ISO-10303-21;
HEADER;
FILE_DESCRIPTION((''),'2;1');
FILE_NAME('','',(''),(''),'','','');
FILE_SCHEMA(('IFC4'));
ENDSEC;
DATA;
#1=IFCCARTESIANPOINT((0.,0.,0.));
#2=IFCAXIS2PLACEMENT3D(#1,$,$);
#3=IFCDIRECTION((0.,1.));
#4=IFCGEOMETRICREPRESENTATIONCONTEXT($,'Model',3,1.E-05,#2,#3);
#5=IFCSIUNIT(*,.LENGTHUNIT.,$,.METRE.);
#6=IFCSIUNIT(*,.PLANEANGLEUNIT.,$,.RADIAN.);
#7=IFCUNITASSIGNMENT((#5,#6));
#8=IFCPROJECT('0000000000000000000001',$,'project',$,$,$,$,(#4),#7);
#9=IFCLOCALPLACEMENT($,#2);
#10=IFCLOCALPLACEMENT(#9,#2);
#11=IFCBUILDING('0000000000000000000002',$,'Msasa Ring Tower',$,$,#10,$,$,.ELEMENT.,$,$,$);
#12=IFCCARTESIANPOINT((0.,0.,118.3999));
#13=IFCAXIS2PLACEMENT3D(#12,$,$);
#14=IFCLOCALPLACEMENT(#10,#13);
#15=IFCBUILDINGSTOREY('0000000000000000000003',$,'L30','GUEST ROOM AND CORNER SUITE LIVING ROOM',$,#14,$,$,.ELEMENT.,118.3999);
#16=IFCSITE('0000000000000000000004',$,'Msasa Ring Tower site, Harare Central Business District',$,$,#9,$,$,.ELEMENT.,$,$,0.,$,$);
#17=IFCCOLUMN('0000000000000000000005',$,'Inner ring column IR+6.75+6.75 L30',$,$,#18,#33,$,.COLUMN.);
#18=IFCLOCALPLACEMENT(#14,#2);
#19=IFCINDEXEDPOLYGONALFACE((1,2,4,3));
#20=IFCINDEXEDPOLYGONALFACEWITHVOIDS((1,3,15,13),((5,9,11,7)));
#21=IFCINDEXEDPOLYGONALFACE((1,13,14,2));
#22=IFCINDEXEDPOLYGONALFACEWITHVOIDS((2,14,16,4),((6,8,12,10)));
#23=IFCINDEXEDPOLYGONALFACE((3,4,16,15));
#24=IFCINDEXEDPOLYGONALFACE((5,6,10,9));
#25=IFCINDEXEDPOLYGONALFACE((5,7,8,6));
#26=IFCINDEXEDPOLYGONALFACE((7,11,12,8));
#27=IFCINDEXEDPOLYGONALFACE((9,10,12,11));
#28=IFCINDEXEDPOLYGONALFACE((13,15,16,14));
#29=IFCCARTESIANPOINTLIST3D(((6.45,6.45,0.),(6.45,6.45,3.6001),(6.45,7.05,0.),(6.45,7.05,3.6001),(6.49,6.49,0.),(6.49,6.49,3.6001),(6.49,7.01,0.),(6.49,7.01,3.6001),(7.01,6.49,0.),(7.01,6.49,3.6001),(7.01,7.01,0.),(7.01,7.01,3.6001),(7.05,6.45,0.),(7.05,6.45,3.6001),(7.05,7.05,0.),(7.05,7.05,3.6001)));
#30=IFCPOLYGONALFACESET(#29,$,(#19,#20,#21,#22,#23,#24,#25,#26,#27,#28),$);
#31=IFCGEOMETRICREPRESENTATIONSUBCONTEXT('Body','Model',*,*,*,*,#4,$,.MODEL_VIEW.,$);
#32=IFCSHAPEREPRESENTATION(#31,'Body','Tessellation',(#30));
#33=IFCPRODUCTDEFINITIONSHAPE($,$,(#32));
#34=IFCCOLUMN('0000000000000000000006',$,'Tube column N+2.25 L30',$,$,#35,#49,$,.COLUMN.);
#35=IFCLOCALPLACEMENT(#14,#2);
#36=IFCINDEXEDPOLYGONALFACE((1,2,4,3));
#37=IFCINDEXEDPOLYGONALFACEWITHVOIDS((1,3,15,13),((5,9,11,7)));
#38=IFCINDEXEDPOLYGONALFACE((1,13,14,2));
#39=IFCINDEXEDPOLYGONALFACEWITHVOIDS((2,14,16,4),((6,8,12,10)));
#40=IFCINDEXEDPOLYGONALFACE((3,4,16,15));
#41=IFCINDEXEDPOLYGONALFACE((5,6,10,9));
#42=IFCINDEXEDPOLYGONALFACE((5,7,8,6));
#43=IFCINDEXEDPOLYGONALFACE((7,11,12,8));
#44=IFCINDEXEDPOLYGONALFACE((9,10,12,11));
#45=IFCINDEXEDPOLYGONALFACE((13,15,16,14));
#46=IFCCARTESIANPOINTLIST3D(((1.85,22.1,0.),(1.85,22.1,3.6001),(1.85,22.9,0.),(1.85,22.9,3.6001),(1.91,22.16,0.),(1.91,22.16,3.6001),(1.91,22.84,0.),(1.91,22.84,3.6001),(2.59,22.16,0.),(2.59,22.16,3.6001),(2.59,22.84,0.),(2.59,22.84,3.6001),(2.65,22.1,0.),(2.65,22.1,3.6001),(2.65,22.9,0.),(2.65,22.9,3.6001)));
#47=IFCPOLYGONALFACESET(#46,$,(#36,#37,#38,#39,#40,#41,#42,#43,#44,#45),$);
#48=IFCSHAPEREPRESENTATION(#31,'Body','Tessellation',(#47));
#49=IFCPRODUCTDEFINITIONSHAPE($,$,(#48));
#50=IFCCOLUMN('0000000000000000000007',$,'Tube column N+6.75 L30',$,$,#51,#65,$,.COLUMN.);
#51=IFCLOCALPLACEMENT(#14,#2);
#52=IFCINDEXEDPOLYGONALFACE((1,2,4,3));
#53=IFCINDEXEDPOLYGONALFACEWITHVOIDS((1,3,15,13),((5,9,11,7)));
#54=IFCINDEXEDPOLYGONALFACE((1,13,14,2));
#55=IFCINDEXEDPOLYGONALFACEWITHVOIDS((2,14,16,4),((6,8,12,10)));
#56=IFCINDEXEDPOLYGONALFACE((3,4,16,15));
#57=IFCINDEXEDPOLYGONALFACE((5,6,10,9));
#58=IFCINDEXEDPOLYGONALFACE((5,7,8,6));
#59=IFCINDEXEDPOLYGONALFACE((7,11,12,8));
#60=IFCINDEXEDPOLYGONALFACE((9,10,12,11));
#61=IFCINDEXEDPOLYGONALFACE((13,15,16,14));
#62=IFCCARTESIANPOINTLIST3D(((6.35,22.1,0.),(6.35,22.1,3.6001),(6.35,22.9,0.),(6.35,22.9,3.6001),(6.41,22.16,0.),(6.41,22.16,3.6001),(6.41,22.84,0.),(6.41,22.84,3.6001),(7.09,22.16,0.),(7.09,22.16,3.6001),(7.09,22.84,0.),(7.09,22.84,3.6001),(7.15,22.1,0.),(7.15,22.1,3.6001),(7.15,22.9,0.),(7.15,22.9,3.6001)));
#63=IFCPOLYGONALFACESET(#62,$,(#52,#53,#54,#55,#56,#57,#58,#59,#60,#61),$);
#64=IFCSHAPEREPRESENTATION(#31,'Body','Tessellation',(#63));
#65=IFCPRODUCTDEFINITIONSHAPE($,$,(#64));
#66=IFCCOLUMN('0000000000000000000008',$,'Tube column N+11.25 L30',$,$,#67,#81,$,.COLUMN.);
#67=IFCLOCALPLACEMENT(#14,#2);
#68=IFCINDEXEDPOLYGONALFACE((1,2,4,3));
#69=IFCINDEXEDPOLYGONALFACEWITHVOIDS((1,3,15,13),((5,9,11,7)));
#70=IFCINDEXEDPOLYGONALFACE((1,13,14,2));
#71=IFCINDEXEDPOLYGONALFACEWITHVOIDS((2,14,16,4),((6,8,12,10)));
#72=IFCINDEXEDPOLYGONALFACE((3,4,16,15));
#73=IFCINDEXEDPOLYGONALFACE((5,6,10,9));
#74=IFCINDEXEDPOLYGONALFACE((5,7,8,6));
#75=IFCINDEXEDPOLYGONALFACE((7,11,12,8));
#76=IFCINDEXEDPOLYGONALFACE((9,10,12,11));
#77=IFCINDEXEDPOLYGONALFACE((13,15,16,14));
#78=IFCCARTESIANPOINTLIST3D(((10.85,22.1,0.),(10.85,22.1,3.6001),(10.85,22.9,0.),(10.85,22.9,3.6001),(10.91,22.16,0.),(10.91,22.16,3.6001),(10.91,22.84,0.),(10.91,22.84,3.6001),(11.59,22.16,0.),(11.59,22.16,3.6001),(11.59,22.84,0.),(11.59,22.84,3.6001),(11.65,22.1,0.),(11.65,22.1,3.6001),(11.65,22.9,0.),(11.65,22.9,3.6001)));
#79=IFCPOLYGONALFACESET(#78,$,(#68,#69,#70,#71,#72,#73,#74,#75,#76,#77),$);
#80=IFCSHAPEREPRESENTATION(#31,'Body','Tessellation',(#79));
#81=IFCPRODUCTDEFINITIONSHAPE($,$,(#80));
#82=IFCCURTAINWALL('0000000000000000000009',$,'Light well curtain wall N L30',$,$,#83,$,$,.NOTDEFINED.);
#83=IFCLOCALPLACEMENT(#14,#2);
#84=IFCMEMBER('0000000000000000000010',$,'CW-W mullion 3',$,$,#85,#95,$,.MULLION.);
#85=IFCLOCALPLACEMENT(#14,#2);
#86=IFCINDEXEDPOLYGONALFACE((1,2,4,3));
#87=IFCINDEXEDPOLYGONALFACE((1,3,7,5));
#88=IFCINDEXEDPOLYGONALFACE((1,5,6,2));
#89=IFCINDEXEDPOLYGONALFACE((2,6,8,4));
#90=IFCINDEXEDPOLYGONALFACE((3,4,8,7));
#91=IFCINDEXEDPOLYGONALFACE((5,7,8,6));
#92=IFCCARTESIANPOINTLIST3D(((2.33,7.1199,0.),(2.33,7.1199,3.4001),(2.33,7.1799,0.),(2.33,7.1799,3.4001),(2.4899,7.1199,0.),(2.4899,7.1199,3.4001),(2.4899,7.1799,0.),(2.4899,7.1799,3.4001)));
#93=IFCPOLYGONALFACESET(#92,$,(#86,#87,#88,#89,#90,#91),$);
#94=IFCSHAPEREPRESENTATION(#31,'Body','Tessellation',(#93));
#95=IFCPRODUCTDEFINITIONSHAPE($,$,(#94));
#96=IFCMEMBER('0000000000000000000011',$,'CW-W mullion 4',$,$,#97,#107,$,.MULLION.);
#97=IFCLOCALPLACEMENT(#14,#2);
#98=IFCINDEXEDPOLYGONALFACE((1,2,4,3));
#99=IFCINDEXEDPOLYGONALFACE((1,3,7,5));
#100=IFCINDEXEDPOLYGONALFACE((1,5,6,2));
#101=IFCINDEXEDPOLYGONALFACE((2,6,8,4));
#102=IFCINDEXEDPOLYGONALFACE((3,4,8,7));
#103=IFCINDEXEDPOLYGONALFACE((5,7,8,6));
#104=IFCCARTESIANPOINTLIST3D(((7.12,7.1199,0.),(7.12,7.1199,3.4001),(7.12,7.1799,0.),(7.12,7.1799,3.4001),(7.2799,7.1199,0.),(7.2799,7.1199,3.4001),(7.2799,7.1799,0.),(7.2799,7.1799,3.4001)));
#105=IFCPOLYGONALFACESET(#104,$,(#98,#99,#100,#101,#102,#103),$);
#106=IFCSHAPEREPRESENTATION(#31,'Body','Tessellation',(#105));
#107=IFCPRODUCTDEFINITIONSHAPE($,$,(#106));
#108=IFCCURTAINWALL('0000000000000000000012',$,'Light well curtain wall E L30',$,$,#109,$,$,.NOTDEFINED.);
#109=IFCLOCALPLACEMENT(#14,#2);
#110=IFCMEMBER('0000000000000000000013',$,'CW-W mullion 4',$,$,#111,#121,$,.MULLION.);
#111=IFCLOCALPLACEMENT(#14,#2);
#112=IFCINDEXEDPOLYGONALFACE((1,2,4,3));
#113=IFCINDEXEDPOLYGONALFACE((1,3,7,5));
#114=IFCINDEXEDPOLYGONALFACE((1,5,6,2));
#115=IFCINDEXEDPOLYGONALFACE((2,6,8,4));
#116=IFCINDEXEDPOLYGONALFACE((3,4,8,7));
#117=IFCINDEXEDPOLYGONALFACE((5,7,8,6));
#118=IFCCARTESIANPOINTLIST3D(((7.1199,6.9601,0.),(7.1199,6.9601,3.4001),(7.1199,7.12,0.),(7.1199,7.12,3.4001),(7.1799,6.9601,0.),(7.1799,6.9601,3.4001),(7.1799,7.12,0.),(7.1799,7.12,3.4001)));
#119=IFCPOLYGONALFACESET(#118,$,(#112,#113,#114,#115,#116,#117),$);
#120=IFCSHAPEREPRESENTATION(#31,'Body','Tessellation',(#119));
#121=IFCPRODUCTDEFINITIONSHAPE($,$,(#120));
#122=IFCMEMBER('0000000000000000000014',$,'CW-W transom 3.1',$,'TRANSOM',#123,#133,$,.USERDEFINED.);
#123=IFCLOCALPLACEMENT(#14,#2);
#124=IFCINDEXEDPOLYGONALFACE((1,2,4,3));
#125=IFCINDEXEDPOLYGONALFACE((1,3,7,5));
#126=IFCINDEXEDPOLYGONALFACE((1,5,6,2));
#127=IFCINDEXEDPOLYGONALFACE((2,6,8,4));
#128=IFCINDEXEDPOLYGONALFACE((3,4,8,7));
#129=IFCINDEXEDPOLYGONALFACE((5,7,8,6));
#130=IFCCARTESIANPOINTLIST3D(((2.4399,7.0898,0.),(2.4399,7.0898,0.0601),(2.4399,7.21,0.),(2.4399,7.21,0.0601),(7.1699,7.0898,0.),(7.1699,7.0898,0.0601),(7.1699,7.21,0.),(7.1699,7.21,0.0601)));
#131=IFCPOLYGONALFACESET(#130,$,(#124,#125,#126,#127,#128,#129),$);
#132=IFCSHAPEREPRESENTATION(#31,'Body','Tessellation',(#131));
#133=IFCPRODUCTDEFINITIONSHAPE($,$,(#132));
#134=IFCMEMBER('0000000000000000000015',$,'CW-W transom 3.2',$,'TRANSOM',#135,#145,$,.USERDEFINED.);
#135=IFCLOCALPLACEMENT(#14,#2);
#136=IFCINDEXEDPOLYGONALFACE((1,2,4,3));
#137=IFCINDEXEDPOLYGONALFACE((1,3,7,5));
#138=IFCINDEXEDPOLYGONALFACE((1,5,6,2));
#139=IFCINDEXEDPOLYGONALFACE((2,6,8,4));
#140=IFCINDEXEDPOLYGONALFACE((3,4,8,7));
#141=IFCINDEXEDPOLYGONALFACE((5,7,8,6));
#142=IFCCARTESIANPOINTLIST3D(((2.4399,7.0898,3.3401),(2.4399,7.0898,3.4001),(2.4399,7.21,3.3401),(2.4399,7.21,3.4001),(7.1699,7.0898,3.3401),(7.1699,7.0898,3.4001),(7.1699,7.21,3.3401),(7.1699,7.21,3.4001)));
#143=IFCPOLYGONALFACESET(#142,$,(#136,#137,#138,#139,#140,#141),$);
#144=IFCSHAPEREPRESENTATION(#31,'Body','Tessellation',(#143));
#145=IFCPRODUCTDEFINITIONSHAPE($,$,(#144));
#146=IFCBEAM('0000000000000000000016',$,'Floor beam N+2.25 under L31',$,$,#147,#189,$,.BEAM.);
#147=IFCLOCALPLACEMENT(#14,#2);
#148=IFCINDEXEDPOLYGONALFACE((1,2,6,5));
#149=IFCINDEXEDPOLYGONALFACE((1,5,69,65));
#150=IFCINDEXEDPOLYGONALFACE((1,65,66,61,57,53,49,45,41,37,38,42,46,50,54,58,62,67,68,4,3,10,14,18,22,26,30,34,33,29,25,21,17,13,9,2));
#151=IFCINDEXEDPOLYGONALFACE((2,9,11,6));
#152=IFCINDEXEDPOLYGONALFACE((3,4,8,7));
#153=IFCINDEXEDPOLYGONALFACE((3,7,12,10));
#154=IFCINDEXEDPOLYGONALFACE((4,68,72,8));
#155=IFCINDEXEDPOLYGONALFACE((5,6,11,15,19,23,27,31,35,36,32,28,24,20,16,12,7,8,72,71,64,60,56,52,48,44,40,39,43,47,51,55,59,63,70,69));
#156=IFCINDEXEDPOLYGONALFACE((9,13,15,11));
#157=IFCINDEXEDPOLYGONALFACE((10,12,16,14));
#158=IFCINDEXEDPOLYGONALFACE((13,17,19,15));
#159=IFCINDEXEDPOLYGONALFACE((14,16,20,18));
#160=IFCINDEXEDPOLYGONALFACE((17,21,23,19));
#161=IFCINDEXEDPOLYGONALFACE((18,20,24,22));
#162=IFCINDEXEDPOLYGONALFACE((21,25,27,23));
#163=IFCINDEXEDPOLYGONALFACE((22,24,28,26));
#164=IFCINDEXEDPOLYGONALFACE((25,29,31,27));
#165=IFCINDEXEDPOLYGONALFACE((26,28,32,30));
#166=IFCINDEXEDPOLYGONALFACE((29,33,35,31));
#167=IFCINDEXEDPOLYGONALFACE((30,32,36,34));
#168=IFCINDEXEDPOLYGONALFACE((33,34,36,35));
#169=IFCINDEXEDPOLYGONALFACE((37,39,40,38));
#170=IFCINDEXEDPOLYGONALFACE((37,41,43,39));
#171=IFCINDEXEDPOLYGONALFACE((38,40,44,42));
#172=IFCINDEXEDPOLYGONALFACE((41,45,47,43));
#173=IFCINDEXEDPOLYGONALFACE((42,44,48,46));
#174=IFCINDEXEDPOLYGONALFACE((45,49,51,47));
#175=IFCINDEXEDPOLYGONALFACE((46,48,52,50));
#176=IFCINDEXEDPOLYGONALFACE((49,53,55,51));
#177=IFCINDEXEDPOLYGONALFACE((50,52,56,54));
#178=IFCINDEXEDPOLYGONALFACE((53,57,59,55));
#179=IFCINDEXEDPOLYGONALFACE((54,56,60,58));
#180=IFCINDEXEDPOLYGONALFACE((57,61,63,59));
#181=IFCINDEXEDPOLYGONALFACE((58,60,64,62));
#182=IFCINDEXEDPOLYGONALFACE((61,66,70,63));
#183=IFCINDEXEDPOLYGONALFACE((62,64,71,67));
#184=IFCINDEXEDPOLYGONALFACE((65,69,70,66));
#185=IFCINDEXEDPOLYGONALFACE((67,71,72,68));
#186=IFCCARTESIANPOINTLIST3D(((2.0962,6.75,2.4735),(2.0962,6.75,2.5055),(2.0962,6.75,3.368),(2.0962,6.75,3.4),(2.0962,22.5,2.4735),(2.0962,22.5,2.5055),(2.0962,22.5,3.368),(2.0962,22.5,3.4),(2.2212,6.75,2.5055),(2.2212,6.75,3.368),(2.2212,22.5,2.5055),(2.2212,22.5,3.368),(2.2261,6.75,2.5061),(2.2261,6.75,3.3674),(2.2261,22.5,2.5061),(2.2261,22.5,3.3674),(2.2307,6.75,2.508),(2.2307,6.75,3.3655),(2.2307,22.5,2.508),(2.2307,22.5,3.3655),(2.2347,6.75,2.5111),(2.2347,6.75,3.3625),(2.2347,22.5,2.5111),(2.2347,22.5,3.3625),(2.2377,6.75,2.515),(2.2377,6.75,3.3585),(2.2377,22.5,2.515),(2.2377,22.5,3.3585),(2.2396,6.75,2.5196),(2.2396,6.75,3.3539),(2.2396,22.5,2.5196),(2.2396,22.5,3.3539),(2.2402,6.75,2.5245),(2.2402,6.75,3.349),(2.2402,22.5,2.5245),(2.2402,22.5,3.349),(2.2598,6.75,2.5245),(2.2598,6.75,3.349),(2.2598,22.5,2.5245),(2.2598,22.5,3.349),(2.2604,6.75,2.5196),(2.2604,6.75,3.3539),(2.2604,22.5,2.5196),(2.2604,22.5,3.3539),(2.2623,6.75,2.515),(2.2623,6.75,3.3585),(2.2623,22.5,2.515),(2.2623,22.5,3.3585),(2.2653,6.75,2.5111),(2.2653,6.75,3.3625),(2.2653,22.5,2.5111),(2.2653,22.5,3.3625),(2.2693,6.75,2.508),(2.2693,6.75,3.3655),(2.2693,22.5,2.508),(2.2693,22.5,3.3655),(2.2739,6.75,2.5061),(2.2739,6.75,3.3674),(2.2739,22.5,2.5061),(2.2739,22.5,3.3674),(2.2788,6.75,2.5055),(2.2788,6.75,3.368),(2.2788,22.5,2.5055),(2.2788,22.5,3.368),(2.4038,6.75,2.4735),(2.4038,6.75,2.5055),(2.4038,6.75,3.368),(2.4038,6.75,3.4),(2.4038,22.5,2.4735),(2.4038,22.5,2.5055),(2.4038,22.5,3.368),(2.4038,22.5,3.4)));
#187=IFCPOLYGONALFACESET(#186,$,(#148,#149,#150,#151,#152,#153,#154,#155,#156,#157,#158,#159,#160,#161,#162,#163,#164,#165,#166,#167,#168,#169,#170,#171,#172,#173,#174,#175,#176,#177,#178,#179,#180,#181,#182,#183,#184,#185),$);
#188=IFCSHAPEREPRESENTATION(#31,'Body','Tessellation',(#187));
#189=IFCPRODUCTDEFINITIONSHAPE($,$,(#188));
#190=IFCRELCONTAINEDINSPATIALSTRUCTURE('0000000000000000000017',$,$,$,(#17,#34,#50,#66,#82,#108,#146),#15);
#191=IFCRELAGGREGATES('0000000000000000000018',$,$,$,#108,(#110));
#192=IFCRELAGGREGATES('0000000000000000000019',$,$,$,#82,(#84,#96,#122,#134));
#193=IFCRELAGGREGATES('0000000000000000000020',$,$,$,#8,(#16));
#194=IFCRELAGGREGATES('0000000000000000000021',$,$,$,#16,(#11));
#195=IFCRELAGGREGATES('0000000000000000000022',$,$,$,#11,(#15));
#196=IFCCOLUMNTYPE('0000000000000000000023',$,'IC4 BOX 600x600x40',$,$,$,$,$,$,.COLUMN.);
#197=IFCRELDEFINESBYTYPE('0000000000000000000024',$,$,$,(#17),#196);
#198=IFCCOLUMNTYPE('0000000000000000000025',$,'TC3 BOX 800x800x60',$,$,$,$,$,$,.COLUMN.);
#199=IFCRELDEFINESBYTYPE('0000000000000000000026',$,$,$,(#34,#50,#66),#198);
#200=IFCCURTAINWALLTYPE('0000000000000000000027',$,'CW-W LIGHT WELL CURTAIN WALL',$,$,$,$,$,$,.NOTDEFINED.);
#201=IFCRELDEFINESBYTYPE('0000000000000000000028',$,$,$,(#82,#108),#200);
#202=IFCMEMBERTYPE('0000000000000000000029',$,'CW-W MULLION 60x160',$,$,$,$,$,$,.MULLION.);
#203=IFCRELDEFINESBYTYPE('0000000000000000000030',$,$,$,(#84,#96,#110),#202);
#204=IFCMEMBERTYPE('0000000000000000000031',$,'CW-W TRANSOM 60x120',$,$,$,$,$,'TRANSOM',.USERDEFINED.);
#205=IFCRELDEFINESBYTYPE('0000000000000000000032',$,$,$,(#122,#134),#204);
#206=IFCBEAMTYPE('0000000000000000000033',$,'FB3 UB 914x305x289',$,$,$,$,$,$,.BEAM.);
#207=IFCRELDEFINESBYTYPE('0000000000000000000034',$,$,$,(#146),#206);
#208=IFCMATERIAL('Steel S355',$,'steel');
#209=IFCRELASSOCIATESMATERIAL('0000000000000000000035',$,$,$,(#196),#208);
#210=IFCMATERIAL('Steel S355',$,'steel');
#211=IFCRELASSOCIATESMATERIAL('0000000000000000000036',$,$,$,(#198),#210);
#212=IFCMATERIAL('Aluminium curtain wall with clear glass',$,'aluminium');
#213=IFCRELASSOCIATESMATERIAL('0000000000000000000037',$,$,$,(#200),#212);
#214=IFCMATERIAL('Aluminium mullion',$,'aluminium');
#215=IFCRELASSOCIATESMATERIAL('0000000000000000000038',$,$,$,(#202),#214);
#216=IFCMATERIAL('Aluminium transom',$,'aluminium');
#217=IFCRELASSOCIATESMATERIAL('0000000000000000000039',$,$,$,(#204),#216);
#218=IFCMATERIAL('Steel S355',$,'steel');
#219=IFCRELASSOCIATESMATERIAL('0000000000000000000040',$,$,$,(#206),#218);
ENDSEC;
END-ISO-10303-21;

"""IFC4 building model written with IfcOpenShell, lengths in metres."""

from ifc_helpers import new_model, si_unit, direction, frame, origin, origin_2d, place, context, subcontext, project, spatial, rectangle, hollow_rectangle, i_section, extrude, material, material_profile, profile_set, type_object, element, aggregate, save


model = new_model("IFC4")

# Units and contexts
model_context = context("Model", 3, precision=1e-05, world=origin(), true_north=direction((0.0, 1.0)))
body_context = subcontext(model_context, "Body", "Model", "MODEL_VIEW")
ifc_project = project(units=[si_unit("LENGTHUNIT", "METRE"), si_unit("PLANEANGLEUNIT", "RADIAN")], contexts=[model_context])

# Site, building, storey
site_placement = place(None, origin())
site = spatial("IfcSite", under=ifc_project, at=site_placement, Name="Msasa Ring Tower site, Harare Central Business District", CompositionType="ELEMENT", RefElevation=0.0)
building_placement = place(site_placement, origin())
building = spatial("IfcBuilding", under=site, at=building_placement, Name="Msasa Ring Tower", CompositionType="ELEMENT")
storey_placement = place(building_placement, frame((0.0, 0.0, 118.3999)))
storey = spatial("IfcBuildingStorey", under=building, at=storey_placement, Name="L30", Description="GUEST ROOM AND CORNER SUITE LIVING ROOM", CompositionType="ELEMENT", Elevation=118.3999)

# Columns
ifc_material_1 = material(Name="Steel S355", Category="steel")
ifc_material_profile_1 = material_profile(ifc_material_1, hollow_rectangle(XDim=0.6001, YDim=0.6001, WallThickness=0.04, at=origin_2d()), Name="BOX 600x600x40")
ifc_profile_set_1 = profile_set([ifc_material_profile_1], Name="Steel S355")
column_type_1 = type_object("IfcColumnType", Name="IC4 BOX 600x600x40", PredefinedType="COLUMN", material=ifc_profile_set_1)
column_placement = place(storey_placement, frame((6.75, 6.75, 0.0), z_axis=(0.0, 0.0, 1.0), x_axis=(1.0, 0.0, 0.0)))
element("IfcColumn", 1, at=column_placement, inside=storey, type_object=column_type_1, Name="Inner ring column IR+6.75+6.75 L30", PredefinedType="COLUMN", context=body_context, shape_type="SweptSolid", body=[
    extrude(hollow_rectangle(XDim=0.6001, YDim=0.6001, WallThickness=0.04, at=origin_2d()), origin(), (0.0, 0.0, 1.0), 3.6001),
])
ifc_material_2 = material(Name="Steel S355", Category="steel")
ifc_material_profile_2 = material_profile(ifc_material_2, hollow_rectangle(XDim=0.8, YDim=0.8, WallThickness=0.0601, at=origin_2d()), Name="BOX 800x800x60")
ifc_profile_set_2 = profile_set([ifc_material_profile_2], Name="Steel S355")
column_type_2 = type_object("IfcColumnType", Name="TC3 BOX 800x800x60", PredefinedType="COLUMN", material=ifc_profile_set_2)
for number, where, z_axis, x_axis, name in (
    (2, (2.25, 22.5, 0.0), (0.0, 0.0, 1.0), (0.0, 1.0, 0.0), "Tube column N+2.25 L30"),
    (3, (6.75, 22.5, 0.0), (0.0, 0.0, 1.0), (0.0, 1.0, 0.0), "Tube column N+6.75 L30"),
    (4, (11.25, 22.5, 0.0), (0.0, 0.0, 1.0), (0.0, 1.0, 0.0), "Tube column N+11.25 L30"),
):
    element("IfcColumn", number, at=place(storey_placement, frame(where, z_axis=z_axis, x_axis=x_axis)), inside=storey, type_object=column_type_2, Name=name, PredefinedType="COLUMN", context=body_context, shape_type="SweptSolid", body=[
        extrude(hollow_rectangle(XDim=0.8, YDim=0.8, WallThickness=0.0601, at=origin_2d()), origin(), (0.0, 0.0, 1.0), 3.6001),
    ])

# Curtain wall, members
ifc_material_3 = material(Name="Aluminium curtain wall with clear glass", Category="aluminium")
curtain_wall_type = type_object("IfcCurtainWallType", Name="CW-W LIGHT WELL CURTAIN WALL", PredefinedType="NOTDEFINED", material=ifc_material_3)
curtain_wall_1_placement = place(storey_placement, origin())
curtain_wall_1 = element("IfcCurtainWall", 5, at=curtain_wall_1_placement, inside=storey, type_object=curtain_wall_type, Name="Light well curtain wall N L30", PredefinedType="NOTDEFINED")
ifc_material_4 = material(Name="Aluminium mullion", Category="aluminium")
ifc_material_profile_3 = material_profile(ifc_material_4, rectangle(XDim=0.0601, YDim=0.1599, at=origin_2d()), Name="AL 60x160")
ifc_profile_set_3 = profile_set([ifc_material_profile_3], Name="Aluminium mullion")
member_type_1 = type_object("IfcMemberType", Name="CW-W MULLION 60x160", PredefinedType="MULLION", material=ifc_profile_set_3)
member_1_placement = place(storey_placement, frame((2.4099, 7.1499, 0.0), z_axis=(0.0, 0.0, 1.0), x_axis=(0.0, 1.0, 0.0)))
member_1 = element("IfcMember", 6, at=member_1_placement, type_object=member_type_1, Name="CW-W mullion 3", PredefinedType="MULLION", context=body_context, shape_type="SweptSolid", body=[
    extrude(rectangle(XDim=0.0601, YDim=0.1599, at=origin_2d()), origin(), (0.0, 0.0, 1.0), 3.4001),
])
member_2_placement = place(storey_placement, frame((7.2, 7.1499, 0.0), z_axis=(0.0, 0.0, 1.0), x_axis=(0.0, 1.0, 0.0)))
member_2 = element("IfcMember", 7, at=member_2_placement, type_object=member_type_1, Name="CW-W mullion 4", PredefinedType="MULLION", context=body_context, shape_type="SweptSolid", body=[
    extrude(rectangle(XDim=0.0601, YDim=0.1599, at=origin_2d()), origin(), (0.0, 0.0, 1.0), 3.4001),
])

# Curtain wall, member
curtain_wall_2_placement = place(storey_placement, origin())
curtain_wall_2 = element("IfcCurtainWall", 8, at=curtain_wall_2_placement, inside=storey, type_object=curtain_wall_type, Name="Light well curtain wall E L30", PredefinedType="NOTDEFINED")
member_3_placement = place(storey_placement, frame((7.1499, 7.04, 0.0), z_axis=(0.0, 0.0, 1.0), x_axis=(-1.0, 0.0, 0.0)))
member_3 = element("IfcMember", 9, at=member_3_placement, type_object=member_type_1, Name="CW-W mullion 4", PredefinedType="MULLION", context=body_context, shape_type="SweptSolid", body=[
    extrude(rectangle(XDim=0.0601, YDim=0.1599, at=origin_2d()), origin(), (0.0, 0.0, 1.0), 3.4001),
])
aggregate(curtain_wall_2, [member_3])

# Members
ifc_material_5 = material(Name="Aluminium transom", Category="aluminium")
ifc_material_profile_4 = material_profile(ifc_material_5, rectangle(XDim=0.1201, YDim=0.0601, at=origin_2d()), Name="AL 60x120")
ifc_profile_set_4 = profile_set([ifc_material_profile_4], Name="Aluminium transom")
member_type_2 = type_object("IfcMemberType", Name="CW-W TRANSOM 60x120", ElementType="TRANSOM", PredefinedType="USERDEFINED", material=ifc_profile_set_4)
member_4_placement = place(storey_placement, frame((2.4399, 7.1499, 0.03), z_axis=(1.0, 0.0, 0.0), x_axis=(0.0, 1.0, 0.0)))
member_4 = element("IfcMember", 10, at=member_4_placement, type_object=member_type_2, Name="CW-W transom 3.1", ObjectType="TRANSOM", PredefinedType="USERDEFINED", context=body_context, shape_type="SweptSolid", body=[
    extrude(rectangle(XDim=0.1201, YDim=0.0601, at=origin_2d()), origin(), (0.0, 0.0, 1.0), 4.73),
])
member_5_placement = place(storey_placement, frame((2.4399, 7.1499, 3.3701), z_axis=(1.0, 0.0, 0.0), x_axis=(0.0, 1.0, 0.0)))
member_5 = element("IfcMember", 11, at=member_5_placement, type_object=member_type_2, Name="CW-W transom 3.2", ObjectType="TRANSOM", PredefinedType="USERDEFINED", context=body_context, shape_type="SweptSolid", body=[
    extrude(rectangle(XDim=0.1201, YDim=0.0601, at=origin_2d()), origin(), (0.0, 0.0, 1.0), 4.73),
])

# Beam
ifc_material_6 = material(Name="Steel S355", Category="steel")
ifc_material_profile_5 = material_profile(ifc_material_6, i_section(OverallWidth=0.3076, OverallDepth=0.9265, WebThickness=0.0195, FlangeThickness=0.032, FilletRadius=0.019, at=origin_2d()), Name="UB 914x305x289")
ifc_profile_set_5 = profile_set([ifc_material_profile_5], Name="Steel S355")
beam_type_1 = type_object("IfcBeamType", Name="FB3 UB 914x305x289", PredefinedType="BEAM", material=ifc_profile_set_5)
for number, where, z_axis, x_axis, name in (
    (12, (2.25, 22.5, 2.9368), (0.0, -1.0, 0.0), (1.0, 0.0, 0.0), "Floor beam N+2.25 under L31"),
):
    element("IfcBeam", number, at=place(storey_placement, frame(where, z_axis=z_axis, x_axis=x_axis)), inside=storey, type_object=beam_type_1, Name=name, PredefinedType="BEAM", context=body_context, shape_type="SweptSolid", body=[
        extrude(i_section(OverallWidth=0.3076, OverallDepth=0.9265, WebThickness=0.0195, FlangeThickness=0.032, FilletRadius=0.019, at=origin_2d()), origin(), (0.0, 0.0, 1.0), 15.75),
    ])

aggregate(curtain_wall_1, [member_1, member_2, member_4, member_5])

save(model, "model.ifc")
